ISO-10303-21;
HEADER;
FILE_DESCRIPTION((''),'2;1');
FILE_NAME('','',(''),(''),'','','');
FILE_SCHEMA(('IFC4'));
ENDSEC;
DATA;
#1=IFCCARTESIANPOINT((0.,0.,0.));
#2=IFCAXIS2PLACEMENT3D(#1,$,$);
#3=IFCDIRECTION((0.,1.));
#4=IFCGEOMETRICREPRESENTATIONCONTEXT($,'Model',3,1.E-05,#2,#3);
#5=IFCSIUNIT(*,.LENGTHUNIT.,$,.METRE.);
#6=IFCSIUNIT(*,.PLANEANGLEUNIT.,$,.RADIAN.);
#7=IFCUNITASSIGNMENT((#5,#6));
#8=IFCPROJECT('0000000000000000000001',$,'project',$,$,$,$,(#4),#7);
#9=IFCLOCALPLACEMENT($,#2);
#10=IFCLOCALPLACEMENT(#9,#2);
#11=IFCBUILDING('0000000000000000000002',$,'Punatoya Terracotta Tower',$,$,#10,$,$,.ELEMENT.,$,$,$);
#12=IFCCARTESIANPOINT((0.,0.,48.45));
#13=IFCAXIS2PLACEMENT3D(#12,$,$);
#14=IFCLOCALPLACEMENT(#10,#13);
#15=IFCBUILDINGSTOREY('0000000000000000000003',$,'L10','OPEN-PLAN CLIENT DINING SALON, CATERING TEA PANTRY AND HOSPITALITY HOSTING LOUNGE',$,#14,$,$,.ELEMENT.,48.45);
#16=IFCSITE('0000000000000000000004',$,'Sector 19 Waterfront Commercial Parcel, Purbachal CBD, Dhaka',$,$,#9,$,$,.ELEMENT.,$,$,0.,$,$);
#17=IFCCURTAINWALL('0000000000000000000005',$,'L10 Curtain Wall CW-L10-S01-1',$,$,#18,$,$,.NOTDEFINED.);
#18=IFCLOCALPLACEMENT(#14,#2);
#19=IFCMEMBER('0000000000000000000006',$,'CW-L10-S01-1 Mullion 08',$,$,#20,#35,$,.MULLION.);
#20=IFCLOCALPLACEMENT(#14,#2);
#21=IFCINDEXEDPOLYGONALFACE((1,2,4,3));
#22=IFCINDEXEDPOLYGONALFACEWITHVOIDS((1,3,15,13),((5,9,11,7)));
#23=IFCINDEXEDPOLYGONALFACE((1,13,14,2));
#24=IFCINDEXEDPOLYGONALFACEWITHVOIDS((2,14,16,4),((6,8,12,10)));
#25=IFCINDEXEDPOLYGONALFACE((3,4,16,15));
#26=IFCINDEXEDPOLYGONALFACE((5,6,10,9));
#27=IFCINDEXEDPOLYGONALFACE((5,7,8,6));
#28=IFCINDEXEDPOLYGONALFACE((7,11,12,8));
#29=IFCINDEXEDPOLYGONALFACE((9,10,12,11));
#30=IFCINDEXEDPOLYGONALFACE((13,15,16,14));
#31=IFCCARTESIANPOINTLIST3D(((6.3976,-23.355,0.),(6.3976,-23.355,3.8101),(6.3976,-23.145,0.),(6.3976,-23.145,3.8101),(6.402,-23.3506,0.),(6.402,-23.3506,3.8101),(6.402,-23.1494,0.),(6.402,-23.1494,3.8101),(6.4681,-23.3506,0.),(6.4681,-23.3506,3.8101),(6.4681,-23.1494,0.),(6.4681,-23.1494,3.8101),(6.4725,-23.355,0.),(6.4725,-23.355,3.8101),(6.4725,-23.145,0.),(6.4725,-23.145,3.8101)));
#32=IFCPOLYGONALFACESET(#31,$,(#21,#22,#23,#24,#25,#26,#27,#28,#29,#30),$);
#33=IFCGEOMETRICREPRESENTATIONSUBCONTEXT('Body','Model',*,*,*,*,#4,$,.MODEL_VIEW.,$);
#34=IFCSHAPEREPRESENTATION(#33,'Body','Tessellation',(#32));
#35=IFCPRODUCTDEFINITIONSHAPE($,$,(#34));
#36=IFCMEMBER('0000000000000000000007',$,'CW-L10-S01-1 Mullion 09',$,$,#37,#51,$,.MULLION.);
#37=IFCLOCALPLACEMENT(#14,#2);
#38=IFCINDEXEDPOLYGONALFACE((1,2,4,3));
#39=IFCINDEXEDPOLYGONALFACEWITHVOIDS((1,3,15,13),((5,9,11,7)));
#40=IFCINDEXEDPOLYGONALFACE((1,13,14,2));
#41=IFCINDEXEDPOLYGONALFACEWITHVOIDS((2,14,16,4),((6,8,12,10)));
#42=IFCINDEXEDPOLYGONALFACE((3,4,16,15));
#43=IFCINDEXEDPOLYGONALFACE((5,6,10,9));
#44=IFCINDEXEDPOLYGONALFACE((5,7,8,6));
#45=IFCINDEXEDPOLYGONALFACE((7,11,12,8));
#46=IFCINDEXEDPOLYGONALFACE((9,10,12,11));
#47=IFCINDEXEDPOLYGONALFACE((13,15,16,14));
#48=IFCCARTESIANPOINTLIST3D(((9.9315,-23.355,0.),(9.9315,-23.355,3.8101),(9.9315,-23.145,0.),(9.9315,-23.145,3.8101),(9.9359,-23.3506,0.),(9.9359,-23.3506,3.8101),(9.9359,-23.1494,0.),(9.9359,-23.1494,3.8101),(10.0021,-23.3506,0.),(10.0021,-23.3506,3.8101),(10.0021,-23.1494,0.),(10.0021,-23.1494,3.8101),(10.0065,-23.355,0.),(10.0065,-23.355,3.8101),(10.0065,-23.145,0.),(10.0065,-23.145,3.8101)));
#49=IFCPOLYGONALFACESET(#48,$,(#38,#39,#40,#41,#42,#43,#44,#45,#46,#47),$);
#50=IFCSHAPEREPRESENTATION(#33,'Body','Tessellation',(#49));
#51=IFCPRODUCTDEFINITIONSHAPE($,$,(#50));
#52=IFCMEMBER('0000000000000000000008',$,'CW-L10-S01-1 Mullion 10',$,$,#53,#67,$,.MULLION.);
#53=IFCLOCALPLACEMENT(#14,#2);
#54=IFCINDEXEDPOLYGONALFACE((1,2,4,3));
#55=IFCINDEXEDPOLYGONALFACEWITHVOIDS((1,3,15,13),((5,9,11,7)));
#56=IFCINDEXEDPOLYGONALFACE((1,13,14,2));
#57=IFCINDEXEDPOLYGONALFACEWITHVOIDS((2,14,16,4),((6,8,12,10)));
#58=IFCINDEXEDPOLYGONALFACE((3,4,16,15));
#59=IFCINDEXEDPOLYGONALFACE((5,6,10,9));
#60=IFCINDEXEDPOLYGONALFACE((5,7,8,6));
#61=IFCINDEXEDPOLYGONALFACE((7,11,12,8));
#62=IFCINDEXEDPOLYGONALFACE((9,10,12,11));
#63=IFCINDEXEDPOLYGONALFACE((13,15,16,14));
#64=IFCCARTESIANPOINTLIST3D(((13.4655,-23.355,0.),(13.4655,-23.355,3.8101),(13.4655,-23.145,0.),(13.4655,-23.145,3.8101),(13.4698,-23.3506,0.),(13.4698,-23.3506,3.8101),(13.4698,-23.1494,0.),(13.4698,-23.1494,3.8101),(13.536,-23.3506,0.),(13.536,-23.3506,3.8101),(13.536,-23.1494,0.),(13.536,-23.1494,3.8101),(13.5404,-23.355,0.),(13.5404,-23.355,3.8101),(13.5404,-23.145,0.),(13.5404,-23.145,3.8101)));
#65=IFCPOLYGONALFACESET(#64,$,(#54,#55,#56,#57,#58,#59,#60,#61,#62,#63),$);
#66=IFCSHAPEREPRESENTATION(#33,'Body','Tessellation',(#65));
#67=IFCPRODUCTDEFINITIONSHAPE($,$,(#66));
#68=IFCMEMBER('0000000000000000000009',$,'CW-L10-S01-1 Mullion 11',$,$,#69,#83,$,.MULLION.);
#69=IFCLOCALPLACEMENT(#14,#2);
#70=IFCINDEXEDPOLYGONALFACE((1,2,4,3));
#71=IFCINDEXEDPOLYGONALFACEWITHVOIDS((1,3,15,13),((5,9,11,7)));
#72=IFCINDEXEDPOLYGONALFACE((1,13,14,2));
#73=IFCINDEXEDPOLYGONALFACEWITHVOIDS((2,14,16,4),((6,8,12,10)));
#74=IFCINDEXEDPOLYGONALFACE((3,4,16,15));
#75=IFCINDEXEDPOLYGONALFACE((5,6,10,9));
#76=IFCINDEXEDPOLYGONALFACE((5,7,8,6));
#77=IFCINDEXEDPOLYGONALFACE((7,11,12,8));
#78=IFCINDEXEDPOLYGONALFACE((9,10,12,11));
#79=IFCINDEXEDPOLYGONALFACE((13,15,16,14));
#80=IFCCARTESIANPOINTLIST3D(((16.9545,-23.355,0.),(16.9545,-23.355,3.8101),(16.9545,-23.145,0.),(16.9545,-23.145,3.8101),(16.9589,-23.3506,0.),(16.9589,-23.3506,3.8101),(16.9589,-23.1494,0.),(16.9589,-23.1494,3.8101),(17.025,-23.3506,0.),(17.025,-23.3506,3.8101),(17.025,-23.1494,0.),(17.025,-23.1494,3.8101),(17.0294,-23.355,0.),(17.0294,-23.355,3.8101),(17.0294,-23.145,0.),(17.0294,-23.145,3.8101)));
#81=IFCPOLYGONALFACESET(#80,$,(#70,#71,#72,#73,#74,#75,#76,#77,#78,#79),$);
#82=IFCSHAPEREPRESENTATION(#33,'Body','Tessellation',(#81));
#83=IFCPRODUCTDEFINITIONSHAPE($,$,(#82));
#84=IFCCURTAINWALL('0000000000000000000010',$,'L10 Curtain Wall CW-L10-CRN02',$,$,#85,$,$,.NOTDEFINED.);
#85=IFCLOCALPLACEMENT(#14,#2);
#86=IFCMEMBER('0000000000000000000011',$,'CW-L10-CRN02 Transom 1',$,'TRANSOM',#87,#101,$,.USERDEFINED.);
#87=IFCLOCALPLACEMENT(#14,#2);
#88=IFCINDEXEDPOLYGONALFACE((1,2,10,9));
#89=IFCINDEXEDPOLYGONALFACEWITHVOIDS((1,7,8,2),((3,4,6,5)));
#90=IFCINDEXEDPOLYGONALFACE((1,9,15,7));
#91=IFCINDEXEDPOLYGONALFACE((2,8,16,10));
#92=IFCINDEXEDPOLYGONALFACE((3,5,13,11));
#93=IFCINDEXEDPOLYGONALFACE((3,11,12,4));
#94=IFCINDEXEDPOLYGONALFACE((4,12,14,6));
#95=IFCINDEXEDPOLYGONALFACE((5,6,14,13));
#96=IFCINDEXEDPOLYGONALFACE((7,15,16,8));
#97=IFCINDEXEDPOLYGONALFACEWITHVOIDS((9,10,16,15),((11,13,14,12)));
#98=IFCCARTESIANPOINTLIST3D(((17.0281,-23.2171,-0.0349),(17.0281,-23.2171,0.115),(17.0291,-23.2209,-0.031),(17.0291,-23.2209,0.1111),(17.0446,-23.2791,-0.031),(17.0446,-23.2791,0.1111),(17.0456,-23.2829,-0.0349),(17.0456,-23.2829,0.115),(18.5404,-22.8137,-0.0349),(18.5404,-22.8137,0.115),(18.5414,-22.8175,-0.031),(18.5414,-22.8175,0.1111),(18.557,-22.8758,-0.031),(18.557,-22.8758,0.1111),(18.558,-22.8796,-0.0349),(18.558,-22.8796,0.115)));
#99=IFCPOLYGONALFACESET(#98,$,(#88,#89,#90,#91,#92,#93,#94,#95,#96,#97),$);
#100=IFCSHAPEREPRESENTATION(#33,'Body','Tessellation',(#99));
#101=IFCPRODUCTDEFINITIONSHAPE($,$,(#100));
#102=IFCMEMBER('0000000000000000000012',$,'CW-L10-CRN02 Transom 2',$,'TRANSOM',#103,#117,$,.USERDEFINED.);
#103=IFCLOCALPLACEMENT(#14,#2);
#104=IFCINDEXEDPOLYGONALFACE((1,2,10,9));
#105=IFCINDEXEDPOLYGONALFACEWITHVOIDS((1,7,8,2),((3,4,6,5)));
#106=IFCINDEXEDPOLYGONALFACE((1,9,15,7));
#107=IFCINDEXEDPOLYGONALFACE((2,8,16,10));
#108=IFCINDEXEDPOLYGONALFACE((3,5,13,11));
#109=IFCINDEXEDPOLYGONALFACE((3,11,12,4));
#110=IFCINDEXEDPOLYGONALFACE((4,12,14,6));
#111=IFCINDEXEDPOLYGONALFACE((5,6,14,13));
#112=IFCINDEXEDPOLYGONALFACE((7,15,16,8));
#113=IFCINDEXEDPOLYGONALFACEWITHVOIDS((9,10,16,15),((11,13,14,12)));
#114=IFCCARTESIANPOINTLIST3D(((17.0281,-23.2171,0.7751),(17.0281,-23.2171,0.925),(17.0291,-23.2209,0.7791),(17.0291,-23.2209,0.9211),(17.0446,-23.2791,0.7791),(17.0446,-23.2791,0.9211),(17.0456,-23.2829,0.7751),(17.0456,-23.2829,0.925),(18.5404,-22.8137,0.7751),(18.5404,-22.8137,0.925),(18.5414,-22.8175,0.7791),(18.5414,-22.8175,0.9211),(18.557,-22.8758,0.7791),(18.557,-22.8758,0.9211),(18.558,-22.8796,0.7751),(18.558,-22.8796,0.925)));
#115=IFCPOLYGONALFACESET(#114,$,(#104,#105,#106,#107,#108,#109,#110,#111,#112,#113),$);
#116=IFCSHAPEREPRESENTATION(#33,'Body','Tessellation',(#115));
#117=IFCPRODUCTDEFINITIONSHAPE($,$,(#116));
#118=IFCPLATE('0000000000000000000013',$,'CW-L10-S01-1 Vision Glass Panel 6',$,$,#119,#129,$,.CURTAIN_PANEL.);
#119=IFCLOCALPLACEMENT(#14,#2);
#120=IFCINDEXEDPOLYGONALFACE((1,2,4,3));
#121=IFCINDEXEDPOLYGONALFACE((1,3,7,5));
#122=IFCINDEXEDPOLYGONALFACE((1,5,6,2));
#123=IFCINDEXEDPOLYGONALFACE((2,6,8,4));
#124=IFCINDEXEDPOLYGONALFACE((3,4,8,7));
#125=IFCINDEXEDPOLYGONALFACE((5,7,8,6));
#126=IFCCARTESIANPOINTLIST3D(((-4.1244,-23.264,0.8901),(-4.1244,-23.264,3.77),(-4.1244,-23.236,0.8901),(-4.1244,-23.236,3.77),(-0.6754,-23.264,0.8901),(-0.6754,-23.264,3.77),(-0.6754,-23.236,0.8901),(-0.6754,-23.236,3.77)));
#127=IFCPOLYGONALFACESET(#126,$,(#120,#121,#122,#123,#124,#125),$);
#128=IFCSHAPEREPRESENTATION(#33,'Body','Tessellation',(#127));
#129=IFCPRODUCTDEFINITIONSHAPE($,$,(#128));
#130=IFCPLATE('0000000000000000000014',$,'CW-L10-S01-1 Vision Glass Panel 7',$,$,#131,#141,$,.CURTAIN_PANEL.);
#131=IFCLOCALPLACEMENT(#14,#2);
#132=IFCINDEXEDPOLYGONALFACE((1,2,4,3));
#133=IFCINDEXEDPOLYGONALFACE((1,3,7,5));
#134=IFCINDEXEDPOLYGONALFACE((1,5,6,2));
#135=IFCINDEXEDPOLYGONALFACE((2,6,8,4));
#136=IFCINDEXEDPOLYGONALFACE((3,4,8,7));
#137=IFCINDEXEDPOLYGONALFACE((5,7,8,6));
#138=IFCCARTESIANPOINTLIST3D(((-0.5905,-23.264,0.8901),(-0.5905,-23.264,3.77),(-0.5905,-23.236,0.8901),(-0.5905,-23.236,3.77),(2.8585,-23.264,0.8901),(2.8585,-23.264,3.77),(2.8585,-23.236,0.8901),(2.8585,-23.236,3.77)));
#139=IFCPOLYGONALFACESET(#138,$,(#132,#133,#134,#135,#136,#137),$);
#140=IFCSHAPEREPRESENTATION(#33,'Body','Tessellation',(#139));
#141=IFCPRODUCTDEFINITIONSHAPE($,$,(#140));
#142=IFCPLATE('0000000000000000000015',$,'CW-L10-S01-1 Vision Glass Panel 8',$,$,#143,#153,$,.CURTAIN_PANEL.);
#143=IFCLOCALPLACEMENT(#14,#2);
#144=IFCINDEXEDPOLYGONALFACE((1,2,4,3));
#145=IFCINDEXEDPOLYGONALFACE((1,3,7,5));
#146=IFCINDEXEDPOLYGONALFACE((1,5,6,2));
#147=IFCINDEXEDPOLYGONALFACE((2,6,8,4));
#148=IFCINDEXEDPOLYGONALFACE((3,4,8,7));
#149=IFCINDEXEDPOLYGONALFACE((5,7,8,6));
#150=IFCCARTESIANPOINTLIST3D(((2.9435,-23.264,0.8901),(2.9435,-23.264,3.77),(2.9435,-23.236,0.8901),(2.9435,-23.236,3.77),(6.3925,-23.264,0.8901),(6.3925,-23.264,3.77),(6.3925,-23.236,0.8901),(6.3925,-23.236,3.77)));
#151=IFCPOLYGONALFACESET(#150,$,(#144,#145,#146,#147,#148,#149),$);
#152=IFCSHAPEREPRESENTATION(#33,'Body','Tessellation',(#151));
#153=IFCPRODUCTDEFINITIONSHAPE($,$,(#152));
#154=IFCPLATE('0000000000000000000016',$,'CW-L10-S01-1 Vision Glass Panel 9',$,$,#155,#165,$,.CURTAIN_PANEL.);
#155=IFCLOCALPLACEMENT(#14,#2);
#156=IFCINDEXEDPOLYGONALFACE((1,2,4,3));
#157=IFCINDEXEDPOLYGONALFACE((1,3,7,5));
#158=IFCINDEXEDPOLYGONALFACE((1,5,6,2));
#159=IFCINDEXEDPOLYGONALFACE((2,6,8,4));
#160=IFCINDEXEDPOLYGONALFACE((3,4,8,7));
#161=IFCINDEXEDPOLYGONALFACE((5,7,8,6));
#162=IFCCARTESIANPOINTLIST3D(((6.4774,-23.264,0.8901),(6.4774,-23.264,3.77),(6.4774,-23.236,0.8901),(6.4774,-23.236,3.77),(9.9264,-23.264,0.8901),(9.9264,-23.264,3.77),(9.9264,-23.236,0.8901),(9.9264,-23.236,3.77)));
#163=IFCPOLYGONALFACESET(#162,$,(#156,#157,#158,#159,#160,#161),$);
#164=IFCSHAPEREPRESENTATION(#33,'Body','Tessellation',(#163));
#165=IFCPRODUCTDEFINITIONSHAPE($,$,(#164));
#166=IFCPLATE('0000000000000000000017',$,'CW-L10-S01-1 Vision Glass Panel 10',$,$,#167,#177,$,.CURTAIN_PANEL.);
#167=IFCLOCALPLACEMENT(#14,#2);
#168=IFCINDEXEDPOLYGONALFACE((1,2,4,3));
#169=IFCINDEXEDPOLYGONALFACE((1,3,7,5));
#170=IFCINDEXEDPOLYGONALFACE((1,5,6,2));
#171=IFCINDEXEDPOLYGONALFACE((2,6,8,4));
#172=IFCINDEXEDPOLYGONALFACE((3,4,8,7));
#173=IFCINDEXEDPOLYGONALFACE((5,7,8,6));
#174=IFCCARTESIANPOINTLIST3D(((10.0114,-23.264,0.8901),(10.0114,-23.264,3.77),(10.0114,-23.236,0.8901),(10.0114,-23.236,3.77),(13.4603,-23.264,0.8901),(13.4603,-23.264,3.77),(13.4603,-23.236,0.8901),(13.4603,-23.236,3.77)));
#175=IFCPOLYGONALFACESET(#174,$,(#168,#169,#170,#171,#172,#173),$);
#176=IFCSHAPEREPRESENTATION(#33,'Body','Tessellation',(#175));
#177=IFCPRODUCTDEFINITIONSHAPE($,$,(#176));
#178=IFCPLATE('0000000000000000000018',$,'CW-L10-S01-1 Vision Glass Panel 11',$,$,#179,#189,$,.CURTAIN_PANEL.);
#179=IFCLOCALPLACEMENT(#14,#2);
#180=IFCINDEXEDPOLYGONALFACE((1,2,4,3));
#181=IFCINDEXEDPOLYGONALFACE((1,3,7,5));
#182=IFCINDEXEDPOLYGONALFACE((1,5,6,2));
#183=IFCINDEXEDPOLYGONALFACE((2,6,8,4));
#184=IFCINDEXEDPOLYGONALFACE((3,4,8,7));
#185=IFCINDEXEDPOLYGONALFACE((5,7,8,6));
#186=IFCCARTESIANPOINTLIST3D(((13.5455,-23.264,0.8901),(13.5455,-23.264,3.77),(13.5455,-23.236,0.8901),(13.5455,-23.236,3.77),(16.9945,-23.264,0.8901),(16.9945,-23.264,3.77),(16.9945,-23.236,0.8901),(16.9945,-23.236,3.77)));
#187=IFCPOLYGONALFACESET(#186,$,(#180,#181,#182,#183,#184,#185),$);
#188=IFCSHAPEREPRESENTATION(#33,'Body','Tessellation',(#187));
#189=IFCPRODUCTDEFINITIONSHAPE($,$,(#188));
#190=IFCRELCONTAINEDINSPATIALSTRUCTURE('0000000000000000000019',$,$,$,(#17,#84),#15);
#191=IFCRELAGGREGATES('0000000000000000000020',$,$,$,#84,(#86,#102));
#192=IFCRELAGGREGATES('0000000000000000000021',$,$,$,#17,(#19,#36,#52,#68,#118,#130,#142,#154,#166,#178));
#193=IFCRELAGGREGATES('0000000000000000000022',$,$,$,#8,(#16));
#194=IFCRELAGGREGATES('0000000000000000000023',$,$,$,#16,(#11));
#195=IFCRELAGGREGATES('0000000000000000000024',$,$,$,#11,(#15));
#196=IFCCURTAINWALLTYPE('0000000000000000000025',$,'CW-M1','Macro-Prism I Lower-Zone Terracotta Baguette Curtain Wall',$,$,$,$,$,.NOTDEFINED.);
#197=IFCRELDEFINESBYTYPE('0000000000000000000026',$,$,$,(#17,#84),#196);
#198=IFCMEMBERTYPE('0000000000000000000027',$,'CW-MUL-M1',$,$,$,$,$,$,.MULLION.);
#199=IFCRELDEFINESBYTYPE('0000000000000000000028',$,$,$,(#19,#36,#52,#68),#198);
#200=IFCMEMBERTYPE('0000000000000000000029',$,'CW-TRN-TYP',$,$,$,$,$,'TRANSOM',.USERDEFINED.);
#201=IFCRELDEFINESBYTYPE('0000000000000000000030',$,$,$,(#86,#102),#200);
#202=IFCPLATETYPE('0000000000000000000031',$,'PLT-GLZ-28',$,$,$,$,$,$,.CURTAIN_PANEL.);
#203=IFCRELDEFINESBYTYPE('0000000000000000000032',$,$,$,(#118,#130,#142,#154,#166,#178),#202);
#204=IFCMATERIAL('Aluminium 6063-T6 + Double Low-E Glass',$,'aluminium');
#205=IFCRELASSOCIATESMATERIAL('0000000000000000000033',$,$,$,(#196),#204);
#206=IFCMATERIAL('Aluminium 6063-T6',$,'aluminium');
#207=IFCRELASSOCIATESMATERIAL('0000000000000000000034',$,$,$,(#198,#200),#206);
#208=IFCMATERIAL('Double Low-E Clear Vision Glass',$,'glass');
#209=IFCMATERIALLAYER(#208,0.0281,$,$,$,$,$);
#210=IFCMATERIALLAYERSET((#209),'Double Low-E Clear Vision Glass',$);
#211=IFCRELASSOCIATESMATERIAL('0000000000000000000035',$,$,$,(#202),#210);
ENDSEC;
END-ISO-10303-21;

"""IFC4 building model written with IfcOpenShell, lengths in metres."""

from ifc_helpers import new_model, si_unit, direction, frame, origin, origin_2d, place, context, subcontext, project, spatial, rectangle, hollow_rectangle, extrude, material, layer, layer_set, material_profile, profile_set, type_object, element, aggregate, save


model = new_model("IFC4")

# Units and contexts
model_context = context("Model", 3, precision=1e-05, world=origin(), true_north=direction((0.0, 1.0)))
body_context = subcontext(model_context, "Body", "Model", "MODEL_VIEW")
ifc_project = project(units=[si_unit("LENGTHUNIT", "METRE"), si_unit("PLANEANGLEUNIT", "RADIAN")], contexts=[model_context])

# Site, building, storey
site_placement = place(None, origin())
site = spatial("IfcSite", under=ifc_project, at=site_placement, Name="Sector 19 Waterfront Commercial Parcel, Purbachal CBD, Dhaka", CompositionType="ELEMENT", RefElevation=0.0)
building_placement = place(site_placement, origin())
building = spatial("IfcBuilding", under=site, at=building_placement, Name="Punatoya Terracotta Tower", CompositionType="ELEMENT")
storey_placement = place(building_placement, frame((0.0, 0.0, 48.45)))
storey = spatial("IfcBuildingStorey", under=building, at=storey_placement, Name="L10", Description="OPEN-PLAN CLIENT DINING SALON, CATERING TEA PANTRY AND HOSPITALITY HOSTING LOUNGE", CompositionType="ELEMENT", Elevation=48.45)

# Curtain walls, members
ifc_material_1 = material(Name="Aluminium 6063-T6 + Double Low-E Glass", Category="aluminium")
curtain_wall_type = type_object("IfcCurtainWallType", Name="CW-M1", Description="Macro-Prism I Lower-Zone Terracotta Baguette Curtain Wall", PredefinedType="NOTDEFINED", material=ifc_material_1)
curtain_wall_1_placement = place(storey_placement, origin())
curtain_wall_1 = element("IfcCurtainWall", 1, at=curtain_wall_1_placement, inside=storey, type_object=curtain_wall_type, Name="L10 Curtain Wall CW-L10-S01-1", PredefinedType="NOTDEFINED")
ifc_material_2 = material(Name="Aluminium 6063-T6", Category="aluminium")
ifc_material_profile_1 = material_profile(ifc_material_2, hollow_rectangle(XDim=0.075, YDim=0.21, WallThickness=0.0044, at=origin_2d()))
ifc_profile_set_1 = profile_set([ifc_material_profile_1], Name="Aluminium 6063-T6")
member_type_1 = type_object("IfcMemberType", Name="CW-MUL-M1", PredefinedType="MULLION", material=ifc_profile_set_1)
member_1_placement = place(storey_placement, frame((6.4351, -23.25, 0.0), z_axis=(0.0, 0.0, 1.0), x_axis=(1.0, 0.0, 0.0)))
member_1 = element("IfcMember", 2, at=member_1_placement, type_object=member_type_1, Name="CW-L10-S01-1 Mullion 08", PredefinedType="MULLION", context=body_context, shape_type="SweptSolid", body=[
    extrude(hollow_rectangle(XDim=0.075, YDim=0.21, WallThickness=0.0044, at=origin_2d()), origin(), (0.0, 0.0, 1.0), 3.8101),
])
member_2_placement = place(storey_placement, frame((9.969, -23.25, 0.0), z_axis=(0.0, 0.0, 1.0), x_axis=(1.0, 0.0, 0.0)))
member_2 = element("IfcMember", 3, at=member_2_placement, type_object=member_type_1, Name="CW-L10-S01-1 Mullion 09", PredefinedType="MULLION", context=body_context, shape_type="SweptSolid", body=[
    extrude(hollow_rectangle(XDim=0.075, YDim=0.21, WallThickness=0.0044, at=origin_2d()), origin(), (0.0, 0.0, 1.0), 3.8101),
])
member_3_placement = place(storey_placement, frame((13.5029, -23.25, 0.0), z_axis=(0.0, 0.0, 1.0), x_axis=(1.0, 0.0, 0.0)))
member_3 = element("IfcMember", 4, at=member_3_placement, type_object=member_type_1, Name="CW-L10-S01-1 Mullion 10", PredefinedType="MULLION", context=body_context, shape_type="SweptSolid", body=[
    extrude(hollow_rectangle(XDim=0.075, YDim=0.21, WallThickness=0.0044, at=origin_2d()), origin(), (0.0, 0.0, 1.0), 3.8101),
])
member_4_placement = place(storey_placement, frame((16.9919, -23.25, 0.0), z_axis=(0.0, 0.0, 1.0), x_axis=(1.0, 0.0, 0.0)))
member_4 = element("IfcMember", 5, at=member_4_placement, type_object=member_type_1, Name="CW-L10-S01-1 Mullion 11", PredefinedType="MULLION", context=body_context, shape_type="SweptSolid", body=[
    extrude(hollow_rectangle(XDim=0.075, YDim=0.21, WallThickness=0.0044, at=origin_2d()), origin(), (0.0, 0.0, 1.0), 3.8101),
])
curtain_wall_2_placement = place(storey_placement, origin())
curtain_wall_2 = element("IfcCurtainWall", 6, at=curtain_wall_2_placement, inside=storey, type_object=curtain_wall_type, Name="L10 Curtain Wall CW-L10-CRN02", PredefinedType="NOTDEFINED")
ifc_material_profile_2 = material_profile(ifc_material_2, hollow_rectangle(XDim=0.0681, YDim=0.1499, WallThickness=0.0039, at=origin_2d()))
ifc_profile_set_2 = profile_set([ifc_material_profile_2], Name="Aluminium 6063-T6")
member_type_2 = type_object("IfcMemberType", Name="CW-TRN-TYP", ElementType="TRANSOM", PredefinedType="USERDEFINED", material=ifc_profile_set_2)
member_5_placement = place(storey_placement, frame((17.0369, -23.25, 0.04), z_axis=(0.966225, 0.257701, 0.0), x_axis=(-0.257701, 0.966225, 0.0)))
member_5 = element("IfcMember", 7, at=member_5_placement, type_object=member_type_2, Name="CW-L10-CRN02 Transom 1", ObjectType="TRANSOM", PredefinedType="USERDEFINED", context=body_context, shape_type="SweptSolid", body=[
    extrude(hollow_rectangle(XDim=0.0681, YDim=0.1499, WallThickness=0.0039, at=origin_2d()), origin(), (0.0, 0.0, 1.0), 1.5652),
])
member_6_placement = place(storey_placement, frame((17.0369, -23.25, 0.8501), z_axis=(0.966225, 0.257701, 0.0), x_axis=(-0.257701, 0.966225, 0.0)))
member_6 = element("IfcMember", 8, at=member_6_placement, type_object=member_type_2, Name="CW-L10-CRN02 Transom 2", ObjectType="TRANSOM", PredefinedType="USERDEFINED", context=body_context, shape_type="SweptSolid", body=[
    extrude(hollow_rectangle(XDim=0.0681, YDim=0.1499, WallThickness=0.0039, at=origin_2d()), origin(), (0.0, 0.0, 1.0), 1.5652),
])
aggregate(curtain_wall_2, [member_5, member_6])

# Plates
ifc_material_3 = material(Name="Double Low-E Clear Vision Glass", Category="glass")
ifc_layer_1 = layer(ifc_material_3, 0.0281)
ifc_layer_set_1 = layer_set([ifc_layer_1], Name="Double Low-E Clear Vision Glass")
plate_type_1 = type_object("IfcPlateType", Name="PLT-GLZ-28", PredefinedType="CURTAIN_PANEL", material=ifc_layer_set_1)
plate_1_placement = place(storey_placement, frame((-2.3999, -23.25, 0.8901), z_axis=(0.0, 0.0, 1.0), x_axis=(1.0, 0.0, 0.0)))
plate_1 = element("IfcPlate", 9, at=plate_1_placement, type_object=plate_type_1, Name="CW-L10-S01-1 Vision Glass Panel 6", PredefinedType="CURTAIN_PANEL", context=body_context, shape_type="SweptSolid", body=[
    extrude(rectangle(XDim=3.449, YDim=0.0281, at=origin_2d()), origin(), (0.0, 0.0, 1.0), 2.8799),
])
plate_2_placement = place(storey_placement, frame((1.134, -23.25, 0.8901), z_axis=(0.0, 0.0, 1.0), x_axis=(1.0, 0.0, 0.0)))
plate_2 = element("IfcPlate", 10, at=plate_2_placement, type_object=plate_type_1, Name="CW-L10-S01-1 Vision Glass Panel 7", PredefinedType="CURTAIN_PANEL", context=body_context, shape_type="SweptSolid", body=[
    extrude(rectangle(XDim=3.449, YDim=0.0281, at=origin_2d()), origin(), (0.0, 0.0, 1.0), 2.8799),
])
plate_3_placement = place(storey_placement, frame((4.668, -23.25, 0.8901), z_axis=(0.0, 0.0, 1.0), x_axis=(1.0, 0.0, 0.0)))
plate_3 = element("IfcPlate", 11, at=plate_3_placement, type_object=plate_type_1, Name="CW-L10-S01-1 Vision Glass Panel 8", PredefinedType="CURTAIN_PANEL", context=body_context, shape_type="SweptSolid", body=[
    extrude(rectangle(XDim=3.449, YDim=0.0281, at=origin_2d()), origin(), (0.0, 0.0, 1.0), 2.8799),
])
plate_4_placement = place(storey_placement, frame((8.2019, -23.25, 0.8901), z_axis=(0.0, 0.0, 1.0), x_axis=(1.0, 0.0, 0.0)))
plate_4 = element("IfcPlate", 12, at=plate_4_placement, type_object=plate_type_1, Name="CW-L10-S01-1 Vision Glass Panel 9", PredefinedType="CURTAIN_PANEL", context=body_context, shape_type="SweptSolid", body=[
    extrude(rectangle(XDim=3.449, YDim=0.0281, at=origin_2d()), origin(), (0.0, 0.0, 1.0), 2.8799),
])
plate_5_placement = place(storey_placement, frame((11.7358, -23.25, 0.8901), z_axis=(0.0, 0.0, 1.0), x_axis=(1.0, 0.0, 0.0)))
plate_5 = element("IfcPlate", 13, at=plate_5_placement, type_object=plate_type_1, Name="CW-L10-S01-1 Vision Glass Panel 10", PredefinedType="CURTAIN_PANEL", context=body_context, shape_type="SweptSolid", body=[
    extrude(rectangle(XDim=3.449, YDim=0.0281, at=origin_2d()), origin(), (0.0, 0.0, 1.0), 2.8799),
])
plate_6_placement = place(storey_placement, frame((15.27, -23.25, 0.8901), z_axis=(0.0, 0.0, 1.0), x_axis=(1.0, 0.0, 0.0)))
plate_6 = element("IfcPlate", 14, at=plate_6_placement, type_object=plate_type_1, Name="CW-L10-S01-1 Vision Glass Panel 11", PredefinedType="CURTAIN_PANEL", context=body_context, shape_type="SweptSolid", body=[
    extrude(rectangle(XDim=3.449, YDim=0.0281, at=origin_2d()), origin(), (0.0, 0.0, 1.0), 2.8799),
])
aggregate(curtain_wall_1, [member_1, member_2, member_3, member_4, plate_1, plate_2, plate_3, plate_4, plate_5, plate_6])

save(model, "model.ifc")
